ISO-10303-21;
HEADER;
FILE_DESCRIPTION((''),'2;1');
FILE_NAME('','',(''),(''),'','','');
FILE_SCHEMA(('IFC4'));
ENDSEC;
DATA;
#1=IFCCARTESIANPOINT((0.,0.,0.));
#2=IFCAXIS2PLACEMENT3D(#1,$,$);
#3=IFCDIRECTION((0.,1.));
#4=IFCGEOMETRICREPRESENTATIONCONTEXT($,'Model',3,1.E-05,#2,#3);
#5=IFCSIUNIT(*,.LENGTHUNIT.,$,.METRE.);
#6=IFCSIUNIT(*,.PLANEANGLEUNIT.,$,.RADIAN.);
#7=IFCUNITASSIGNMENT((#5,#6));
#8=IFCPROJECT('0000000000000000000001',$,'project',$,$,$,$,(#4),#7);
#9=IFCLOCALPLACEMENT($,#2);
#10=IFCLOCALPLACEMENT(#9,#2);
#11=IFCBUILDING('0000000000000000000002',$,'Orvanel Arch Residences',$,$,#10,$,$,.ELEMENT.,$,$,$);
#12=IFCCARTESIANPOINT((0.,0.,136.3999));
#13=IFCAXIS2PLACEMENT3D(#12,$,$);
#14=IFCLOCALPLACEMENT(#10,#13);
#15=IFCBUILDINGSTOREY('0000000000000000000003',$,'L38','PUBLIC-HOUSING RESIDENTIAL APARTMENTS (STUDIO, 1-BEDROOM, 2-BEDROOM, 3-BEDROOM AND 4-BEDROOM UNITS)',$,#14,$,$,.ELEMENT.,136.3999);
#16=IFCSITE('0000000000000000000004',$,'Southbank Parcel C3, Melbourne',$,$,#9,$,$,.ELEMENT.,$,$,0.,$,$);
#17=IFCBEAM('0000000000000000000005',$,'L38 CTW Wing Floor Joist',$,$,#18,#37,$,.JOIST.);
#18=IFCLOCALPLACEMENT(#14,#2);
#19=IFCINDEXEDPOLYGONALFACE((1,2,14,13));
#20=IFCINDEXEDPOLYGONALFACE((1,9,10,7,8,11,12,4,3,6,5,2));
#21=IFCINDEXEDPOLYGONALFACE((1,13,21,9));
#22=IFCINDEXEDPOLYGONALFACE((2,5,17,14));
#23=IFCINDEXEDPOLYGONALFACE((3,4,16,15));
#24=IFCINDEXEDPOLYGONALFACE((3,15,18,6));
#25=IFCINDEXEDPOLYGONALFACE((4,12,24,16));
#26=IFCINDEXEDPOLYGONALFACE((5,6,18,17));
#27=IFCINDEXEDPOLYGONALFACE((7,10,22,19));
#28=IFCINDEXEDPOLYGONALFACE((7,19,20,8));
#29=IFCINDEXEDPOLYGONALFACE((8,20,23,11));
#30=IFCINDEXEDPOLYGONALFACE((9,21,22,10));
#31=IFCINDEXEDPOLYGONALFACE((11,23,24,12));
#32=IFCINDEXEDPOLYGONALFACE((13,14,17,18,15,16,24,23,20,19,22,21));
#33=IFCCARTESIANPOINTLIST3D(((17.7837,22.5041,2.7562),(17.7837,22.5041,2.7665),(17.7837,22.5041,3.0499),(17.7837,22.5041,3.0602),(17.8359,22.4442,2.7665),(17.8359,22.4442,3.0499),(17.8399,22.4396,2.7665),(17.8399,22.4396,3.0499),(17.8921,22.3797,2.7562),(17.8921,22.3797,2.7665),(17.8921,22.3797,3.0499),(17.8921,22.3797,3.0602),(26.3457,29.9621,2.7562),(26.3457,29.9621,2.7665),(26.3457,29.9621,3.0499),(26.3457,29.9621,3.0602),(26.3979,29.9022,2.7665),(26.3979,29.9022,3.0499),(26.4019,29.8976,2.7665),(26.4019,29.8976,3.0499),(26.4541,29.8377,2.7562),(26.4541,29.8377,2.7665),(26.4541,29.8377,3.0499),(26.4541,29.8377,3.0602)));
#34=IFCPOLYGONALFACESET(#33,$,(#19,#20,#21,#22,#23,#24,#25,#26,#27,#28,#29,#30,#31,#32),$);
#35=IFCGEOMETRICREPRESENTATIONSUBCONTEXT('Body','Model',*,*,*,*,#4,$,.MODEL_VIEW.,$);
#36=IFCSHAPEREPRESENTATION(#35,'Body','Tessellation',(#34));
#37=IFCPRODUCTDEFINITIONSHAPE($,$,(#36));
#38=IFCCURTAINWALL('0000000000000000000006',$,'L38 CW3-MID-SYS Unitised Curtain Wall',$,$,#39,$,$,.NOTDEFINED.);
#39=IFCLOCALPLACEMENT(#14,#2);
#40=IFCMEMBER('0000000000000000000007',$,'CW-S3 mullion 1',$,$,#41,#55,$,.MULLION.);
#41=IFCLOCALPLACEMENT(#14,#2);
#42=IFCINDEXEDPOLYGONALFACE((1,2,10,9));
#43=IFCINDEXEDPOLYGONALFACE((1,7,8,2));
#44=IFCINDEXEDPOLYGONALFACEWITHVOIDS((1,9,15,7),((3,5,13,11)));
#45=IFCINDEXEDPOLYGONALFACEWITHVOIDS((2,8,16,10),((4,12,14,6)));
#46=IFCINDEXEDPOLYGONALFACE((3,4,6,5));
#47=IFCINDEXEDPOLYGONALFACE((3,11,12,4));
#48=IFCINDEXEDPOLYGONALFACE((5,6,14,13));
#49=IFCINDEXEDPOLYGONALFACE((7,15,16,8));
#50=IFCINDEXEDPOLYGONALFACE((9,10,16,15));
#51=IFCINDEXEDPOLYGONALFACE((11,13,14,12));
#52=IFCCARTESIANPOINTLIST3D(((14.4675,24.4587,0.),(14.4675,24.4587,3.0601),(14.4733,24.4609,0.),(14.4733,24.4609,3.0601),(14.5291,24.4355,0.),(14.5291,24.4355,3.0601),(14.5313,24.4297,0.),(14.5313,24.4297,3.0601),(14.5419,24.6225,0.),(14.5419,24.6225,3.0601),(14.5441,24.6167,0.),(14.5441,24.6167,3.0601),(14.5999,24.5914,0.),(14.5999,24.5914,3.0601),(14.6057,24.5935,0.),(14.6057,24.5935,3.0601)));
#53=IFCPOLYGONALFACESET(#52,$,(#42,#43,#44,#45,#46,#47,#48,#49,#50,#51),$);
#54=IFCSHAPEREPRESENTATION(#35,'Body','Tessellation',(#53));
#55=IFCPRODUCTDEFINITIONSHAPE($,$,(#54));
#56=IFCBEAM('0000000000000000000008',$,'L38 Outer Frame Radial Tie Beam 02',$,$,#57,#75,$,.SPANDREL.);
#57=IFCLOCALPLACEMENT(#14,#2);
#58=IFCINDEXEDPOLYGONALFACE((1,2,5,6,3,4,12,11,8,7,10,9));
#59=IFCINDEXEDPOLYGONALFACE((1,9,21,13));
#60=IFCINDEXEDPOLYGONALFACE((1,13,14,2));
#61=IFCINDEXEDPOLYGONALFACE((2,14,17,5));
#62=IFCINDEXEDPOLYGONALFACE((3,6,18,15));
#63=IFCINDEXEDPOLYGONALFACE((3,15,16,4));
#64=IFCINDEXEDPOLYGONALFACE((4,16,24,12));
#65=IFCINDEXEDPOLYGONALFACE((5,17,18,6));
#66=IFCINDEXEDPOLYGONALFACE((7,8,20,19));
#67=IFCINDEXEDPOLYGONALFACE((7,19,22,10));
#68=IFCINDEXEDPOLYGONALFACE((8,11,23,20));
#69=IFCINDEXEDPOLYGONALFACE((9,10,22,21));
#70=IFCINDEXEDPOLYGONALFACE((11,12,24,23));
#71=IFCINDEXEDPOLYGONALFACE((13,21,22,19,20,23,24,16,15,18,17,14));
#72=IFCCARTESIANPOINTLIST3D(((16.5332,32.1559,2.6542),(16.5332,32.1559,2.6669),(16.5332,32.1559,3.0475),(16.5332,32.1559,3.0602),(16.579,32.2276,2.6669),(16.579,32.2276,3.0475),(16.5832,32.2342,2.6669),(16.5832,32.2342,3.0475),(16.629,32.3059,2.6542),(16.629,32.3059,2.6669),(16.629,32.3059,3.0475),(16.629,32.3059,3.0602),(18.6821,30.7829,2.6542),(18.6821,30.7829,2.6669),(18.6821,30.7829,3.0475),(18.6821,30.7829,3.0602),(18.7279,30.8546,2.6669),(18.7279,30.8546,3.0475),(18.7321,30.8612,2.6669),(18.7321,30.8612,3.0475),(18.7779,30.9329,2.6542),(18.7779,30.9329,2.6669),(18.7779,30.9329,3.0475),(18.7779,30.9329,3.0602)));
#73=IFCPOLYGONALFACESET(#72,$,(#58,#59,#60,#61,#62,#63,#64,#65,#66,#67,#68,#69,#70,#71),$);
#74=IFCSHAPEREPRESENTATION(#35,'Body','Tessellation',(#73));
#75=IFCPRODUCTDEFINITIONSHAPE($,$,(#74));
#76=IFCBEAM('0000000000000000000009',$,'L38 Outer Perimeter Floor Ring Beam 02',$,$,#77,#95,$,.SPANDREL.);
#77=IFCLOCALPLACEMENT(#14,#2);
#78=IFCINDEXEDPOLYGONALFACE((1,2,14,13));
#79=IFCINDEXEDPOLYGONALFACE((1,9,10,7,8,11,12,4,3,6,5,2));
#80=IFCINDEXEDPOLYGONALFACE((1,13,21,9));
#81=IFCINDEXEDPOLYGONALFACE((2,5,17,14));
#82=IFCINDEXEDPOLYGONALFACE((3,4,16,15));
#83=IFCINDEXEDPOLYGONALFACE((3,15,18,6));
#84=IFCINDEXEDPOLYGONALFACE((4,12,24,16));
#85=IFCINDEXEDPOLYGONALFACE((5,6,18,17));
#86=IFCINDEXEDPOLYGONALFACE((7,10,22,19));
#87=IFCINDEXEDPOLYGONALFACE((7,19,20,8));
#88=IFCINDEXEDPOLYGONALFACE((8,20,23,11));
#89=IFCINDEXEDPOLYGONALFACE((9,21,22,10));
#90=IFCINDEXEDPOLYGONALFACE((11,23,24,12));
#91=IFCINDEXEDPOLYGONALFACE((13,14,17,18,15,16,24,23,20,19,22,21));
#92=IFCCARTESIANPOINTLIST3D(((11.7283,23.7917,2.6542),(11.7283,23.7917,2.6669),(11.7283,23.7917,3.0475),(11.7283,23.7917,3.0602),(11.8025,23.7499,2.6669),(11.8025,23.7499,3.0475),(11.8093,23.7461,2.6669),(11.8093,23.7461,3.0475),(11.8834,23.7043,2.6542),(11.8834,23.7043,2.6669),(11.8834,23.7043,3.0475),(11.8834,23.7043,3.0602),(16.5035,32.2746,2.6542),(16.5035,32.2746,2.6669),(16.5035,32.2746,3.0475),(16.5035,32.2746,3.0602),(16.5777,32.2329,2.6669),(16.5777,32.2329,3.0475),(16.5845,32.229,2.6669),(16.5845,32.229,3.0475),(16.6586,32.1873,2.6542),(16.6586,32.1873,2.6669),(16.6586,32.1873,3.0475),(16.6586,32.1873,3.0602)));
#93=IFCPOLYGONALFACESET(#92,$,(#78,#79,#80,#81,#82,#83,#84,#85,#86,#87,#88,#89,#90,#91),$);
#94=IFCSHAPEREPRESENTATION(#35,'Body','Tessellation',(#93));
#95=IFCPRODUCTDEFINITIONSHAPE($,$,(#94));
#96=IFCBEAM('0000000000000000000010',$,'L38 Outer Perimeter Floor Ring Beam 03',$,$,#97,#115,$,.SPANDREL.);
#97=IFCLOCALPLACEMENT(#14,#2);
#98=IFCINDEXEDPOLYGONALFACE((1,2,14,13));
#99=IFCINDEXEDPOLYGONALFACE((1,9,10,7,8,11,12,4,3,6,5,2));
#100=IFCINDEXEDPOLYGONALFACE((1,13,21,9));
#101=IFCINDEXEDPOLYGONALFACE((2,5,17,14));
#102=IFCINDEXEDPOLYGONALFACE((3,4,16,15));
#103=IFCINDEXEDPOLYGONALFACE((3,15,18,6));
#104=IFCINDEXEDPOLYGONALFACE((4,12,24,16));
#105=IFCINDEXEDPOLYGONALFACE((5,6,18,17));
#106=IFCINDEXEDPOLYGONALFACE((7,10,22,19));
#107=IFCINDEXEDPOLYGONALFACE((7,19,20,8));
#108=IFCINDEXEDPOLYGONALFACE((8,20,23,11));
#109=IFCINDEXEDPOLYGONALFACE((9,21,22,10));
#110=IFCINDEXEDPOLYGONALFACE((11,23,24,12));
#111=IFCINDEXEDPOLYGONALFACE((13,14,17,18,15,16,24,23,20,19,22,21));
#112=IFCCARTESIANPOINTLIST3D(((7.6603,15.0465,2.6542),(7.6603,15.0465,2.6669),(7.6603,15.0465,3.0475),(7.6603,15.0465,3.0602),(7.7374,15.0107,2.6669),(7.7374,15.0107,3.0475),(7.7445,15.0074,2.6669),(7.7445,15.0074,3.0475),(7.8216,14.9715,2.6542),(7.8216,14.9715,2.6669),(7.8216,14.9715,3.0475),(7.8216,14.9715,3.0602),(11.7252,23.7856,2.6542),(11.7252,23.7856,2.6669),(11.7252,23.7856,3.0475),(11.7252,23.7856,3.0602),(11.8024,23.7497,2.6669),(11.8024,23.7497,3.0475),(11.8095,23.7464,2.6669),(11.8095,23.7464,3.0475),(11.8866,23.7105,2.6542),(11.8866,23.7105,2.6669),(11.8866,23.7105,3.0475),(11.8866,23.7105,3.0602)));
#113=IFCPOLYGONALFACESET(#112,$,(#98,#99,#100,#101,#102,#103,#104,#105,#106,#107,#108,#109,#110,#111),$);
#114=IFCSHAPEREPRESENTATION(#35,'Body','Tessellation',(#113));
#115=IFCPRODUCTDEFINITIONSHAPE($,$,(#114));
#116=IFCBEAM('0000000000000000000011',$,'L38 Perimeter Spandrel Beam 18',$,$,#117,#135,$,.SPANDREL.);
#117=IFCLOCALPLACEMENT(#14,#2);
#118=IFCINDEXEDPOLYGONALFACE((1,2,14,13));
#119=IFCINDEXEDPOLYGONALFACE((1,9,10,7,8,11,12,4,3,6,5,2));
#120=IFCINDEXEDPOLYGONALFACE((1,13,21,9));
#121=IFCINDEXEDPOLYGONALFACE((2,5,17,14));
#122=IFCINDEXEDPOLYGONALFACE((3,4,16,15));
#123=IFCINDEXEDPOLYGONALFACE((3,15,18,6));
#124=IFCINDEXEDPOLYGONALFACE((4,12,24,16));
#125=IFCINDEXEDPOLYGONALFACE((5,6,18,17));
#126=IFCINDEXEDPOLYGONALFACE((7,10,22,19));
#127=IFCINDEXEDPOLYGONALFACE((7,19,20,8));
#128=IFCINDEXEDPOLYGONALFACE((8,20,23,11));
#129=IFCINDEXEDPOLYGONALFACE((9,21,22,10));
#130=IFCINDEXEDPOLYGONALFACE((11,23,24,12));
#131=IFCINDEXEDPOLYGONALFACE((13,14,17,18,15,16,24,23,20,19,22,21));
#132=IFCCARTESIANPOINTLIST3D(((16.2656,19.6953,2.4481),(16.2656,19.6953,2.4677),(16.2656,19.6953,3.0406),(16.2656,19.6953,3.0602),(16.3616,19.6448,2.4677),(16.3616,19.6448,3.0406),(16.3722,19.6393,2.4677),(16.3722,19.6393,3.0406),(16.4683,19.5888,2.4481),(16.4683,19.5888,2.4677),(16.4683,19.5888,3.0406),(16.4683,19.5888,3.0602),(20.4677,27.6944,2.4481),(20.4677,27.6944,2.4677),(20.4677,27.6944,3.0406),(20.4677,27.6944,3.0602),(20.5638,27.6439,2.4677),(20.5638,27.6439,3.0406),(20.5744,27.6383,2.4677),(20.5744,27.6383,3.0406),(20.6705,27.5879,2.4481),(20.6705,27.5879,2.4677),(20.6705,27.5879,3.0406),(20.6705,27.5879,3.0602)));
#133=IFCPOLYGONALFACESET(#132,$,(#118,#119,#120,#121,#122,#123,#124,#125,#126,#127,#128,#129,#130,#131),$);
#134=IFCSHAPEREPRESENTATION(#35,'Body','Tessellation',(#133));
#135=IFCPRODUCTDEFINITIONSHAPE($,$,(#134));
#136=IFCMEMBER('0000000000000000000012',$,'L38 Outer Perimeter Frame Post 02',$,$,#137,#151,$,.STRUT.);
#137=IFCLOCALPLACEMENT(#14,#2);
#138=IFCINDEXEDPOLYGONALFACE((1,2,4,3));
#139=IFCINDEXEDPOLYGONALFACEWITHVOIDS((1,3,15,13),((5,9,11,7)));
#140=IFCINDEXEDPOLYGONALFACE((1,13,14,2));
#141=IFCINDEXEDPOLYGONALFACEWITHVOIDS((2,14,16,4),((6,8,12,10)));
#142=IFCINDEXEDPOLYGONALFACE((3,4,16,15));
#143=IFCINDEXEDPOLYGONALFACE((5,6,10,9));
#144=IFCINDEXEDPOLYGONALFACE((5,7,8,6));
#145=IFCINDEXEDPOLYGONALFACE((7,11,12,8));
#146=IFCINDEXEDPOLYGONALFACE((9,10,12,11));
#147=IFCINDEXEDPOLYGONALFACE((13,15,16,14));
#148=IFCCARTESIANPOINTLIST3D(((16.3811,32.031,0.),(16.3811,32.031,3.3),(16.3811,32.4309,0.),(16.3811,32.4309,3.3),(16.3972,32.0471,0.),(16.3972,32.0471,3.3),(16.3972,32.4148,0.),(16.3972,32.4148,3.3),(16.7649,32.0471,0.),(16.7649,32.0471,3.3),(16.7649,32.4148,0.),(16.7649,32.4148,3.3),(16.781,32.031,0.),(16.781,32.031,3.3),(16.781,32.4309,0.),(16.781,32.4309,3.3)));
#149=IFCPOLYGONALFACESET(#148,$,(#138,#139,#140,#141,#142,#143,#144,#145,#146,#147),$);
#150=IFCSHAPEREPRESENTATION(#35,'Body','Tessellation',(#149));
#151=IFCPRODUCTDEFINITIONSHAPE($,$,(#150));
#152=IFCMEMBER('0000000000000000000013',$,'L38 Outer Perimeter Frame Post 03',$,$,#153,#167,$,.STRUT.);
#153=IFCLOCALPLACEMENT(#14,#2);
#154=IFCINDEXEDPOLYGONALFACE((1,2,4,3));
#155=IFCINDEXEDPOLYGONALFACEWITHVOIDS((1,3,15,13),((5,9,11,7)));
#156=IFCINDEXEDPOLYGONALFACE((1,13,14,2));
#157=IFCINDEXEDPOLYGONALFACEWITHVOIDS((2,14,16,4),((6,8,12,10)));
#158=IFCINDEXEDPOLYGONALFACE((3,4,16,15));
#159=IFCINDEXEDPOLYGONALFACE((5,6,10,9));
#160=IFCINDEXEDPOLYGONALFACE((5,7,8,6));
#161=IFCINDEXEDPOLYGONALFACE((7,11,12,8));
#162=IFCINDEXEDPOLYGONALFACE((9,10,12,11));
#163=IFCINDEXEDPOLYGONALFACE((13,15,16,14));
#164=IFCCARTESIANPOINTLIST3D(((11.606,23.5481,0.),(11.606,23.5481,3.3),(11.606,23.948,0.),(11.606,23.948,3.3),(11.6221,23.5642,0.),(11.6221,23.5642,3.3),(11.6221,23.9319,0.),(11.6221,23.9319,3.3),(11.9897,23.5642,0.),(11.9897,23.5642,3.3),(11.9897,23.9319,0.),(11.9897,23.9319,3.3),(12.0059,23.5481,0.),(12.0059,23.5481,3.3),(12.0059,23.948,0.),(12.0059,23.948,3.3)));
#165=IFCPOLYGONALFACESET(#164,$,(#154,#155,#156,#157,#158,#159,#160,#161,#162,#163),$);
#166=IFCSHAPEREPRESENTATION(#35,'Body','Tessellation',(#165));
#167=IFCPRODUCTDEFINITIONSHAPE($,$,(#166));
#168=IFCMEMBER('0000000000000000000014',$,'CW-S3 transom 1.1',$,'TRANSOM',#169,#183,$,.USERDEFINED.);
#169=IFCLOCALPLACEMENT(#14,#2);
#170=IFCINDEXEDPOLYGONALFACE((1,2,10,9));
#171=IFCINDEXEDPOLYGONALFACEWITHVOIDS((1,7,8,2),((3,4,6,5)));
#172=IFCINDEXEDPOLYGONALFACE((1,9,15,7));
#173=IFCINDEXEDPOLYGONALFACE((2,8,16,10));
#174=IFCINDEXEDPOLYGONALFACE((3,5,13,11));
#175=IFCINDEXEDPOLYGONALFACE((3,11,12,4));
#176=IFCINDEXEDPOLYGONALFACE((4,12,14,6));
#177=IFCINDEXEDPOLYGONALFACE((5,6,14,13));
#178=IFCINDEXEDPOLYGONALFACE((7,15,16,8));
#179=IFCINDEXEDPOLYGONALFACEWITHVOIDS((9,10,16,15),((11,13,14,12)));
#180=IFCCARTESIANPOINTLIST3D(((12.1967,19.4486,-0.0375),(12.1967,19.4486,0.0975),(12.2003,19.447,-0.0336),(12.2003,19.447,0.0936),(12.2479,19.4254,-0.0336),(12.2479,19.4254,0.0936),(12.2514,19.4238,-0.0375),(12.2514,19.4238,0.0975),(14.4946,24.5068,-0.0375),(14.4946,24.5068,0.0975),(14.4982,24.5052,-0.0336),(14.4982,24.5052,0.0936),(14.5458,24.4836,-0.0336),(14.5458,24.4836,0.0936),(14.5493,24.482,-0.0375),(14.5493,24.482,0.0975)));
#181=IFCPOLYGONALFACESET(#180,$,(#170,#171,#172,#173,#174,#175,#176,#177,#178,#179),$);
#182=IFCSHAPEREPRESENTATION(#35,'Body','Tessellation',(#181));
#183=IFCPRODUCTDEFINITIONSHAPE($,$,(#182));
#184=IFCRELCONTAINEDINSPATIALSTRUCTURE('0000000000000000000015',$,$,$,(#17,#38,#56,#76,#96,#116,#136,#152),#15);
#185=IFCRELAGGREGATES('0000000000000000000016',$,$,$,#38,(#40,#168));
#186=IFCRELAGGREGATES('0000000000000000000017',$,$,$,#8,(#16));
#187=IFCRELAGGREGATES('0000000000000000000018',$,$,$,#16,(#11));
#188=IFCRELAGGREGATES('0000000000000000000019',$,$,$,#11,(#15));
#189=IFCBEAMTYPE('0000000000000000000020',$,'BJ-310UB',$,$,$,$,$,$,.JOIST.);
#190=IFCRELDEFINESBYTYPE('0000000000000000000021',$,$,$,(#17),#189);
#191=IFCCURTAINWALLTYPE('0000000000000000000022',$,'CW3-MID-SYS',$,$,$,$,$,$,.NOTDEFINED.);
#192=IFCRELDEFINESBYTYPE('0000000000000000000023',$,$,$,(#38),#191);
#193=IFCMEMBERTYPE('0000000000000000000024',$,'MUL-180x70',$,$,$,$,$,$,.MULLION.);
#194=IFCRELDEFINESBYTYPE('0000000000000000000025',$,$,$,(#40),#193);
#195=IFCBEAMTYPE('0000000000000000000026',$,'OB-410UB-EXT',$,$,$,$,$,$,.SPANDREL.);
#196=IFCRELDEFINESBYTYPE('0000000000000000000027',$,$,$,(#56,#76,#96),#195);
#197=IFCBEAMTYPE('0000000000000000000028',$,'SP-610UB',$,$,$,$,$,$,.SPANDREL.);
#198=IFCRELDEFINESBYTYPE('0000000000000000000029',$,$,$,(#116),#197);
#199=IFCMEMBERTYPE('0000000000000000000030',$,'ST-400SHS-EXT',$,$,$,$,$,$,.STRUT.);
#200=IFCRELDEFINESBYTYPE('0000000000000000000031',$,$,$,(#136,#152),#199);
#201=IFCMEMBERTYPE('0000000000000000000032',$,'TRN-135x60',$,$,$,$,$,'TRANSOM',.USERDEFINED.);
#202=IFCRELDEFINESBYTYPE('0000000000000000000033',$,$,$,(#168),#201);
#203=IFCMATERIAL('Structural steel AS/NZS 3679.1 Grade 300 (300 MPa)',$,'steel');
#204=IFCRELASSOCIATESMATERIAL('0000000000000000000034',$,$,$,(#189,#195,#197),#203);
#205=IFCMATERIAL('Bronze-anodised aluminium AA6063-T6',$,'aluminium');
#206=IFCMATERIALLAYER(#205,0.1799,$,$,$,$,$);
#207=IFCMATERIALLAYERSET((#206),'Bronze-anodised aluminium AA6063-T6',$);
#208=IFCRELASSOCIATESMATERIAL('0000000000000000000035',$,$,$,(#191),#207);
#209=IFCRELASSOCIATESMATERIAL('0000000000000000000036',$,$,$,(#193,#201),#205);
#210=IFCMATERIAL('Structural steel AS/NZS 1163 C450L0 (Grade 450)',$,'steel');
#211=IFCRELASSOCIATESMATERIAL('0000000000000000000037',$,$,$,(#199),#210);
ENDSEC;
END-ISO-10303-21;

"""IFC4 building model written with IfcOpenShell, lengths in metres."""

from ifc_helpers import new_model, si_unit, direction, frame, origin, origin_2d, place, context, subcontext, project, spatial, hollow_rectangle, i_section, extrude, material, layer, layer_set, material_profile, profile_set, type_object, element, aggregate, save


model = new_model("IFC4")

# Units and contexts
model_context = context("Model", 3, precision=1e-05, world=origin(), true_north=direction((0.0, 1.0)))
body_context = subcontext(model_context, "Body", "Model", "MODEL_VIEW")
ifc_project = project(units=[si_unit("LENGTHUNIT", "METRE"), si_unit("PLANEANGLEUNIT", "RADIAN")], contexts=[model_context])

# Site, building, storey
site_placement = place(None, origin())
site = spatial("IfcSite", under=ifc_project, at=site_placement, Name="Southbank Parcel C3, Melbourne", CompositionType="ELEMENT", RefElevation=0.0)
building_placement = place(site_placement, origin())
building = spatial("IfcBuilding", under=site, at=building_placement, Name="Orvanel Arch Residences", CompositionType="ELEMENT")
storey_placement = place(building_placement, frame((0.0, 0.0, 136.3999)))
storey = spatial("IfcBuildingStorey", under=building, at=storey_placement, Name="L38", Description="PUBLIC-HOUSING RESIDENTIAL APARTMENTS (STUDIO, 1-BEDROOM, 2-BEDROOM, 3-BEDROOM AND 4-BEDROOM UNITS)", CompositionType="ELEMENT", Elevation=136.3999)

# Shared definitions
ifc_material_1 = material(Name="Structural steel AS/NZS 1163 C450L0 (Grade 450)", Category="steel")

# Beam
ifc_material_2 = material(Name="Structural steel AS/NZS 3679.1 Grade 300 (300 MPa)", Category="steel")
ifc_material_profile_1 = material_profile(ifc_material_2, i_section(OverallWidth=0.165, OverallDepth=0.304, WebThickness=0.0061, FlangeThickness=0.0103, at=origin_2d()), Name="310UB40.4")
ifc_profile_set_1 = profile_set([ifc_material_profile_1], Name="Structural steel AS/NZS 3679.1 Grade 300 (300 MPa)")
beam_type_1 = type_object("IfcBeamType", Name="BJ-310UB", PredefinedType="JOIST", material=ifc_profile_set_1)
beam_1_placement = place(storey_placement, frame((26.3999, 29.8999, 2.9082), z_axis=(-0.754048, -0.656819, 0.0), x_axis=(0.656819, -0.754048, 0.0)))
element("IfcBeam", 1, at=beam_1_placement, inside=storey, type_object=beam_type_1, Name="L38 CTW Wing Floor Joist", PredefinedType="JOIST", context=body_context, shape_type="SweptSolid", body=[
    extrude(i_section(OverallWidth=0.165, OverallDepth=0.304, WebThickness=0.0061, FlangeThickness=0.0103, at=origin_2d()), origin(), (0.0, 0.0, 1.0), 11.3547),
])

# Curtain wall, member
ifc_material_3 = material(Name="Bronze-anodised aluminium AA6063-T6", Category="aluminium")
ifc_layer_1 = layer(ifc_material_3, 0.1799)
ifc_layer_set_1 = layer_set([ifc_layer_1], Name="Bronze-anodised aluminium AA6063-T6")
curtain_wall_type = type_object("IfcCurtainWallType", Name="CW3-MID-SYS", PredefinedType="NOTDEFINED", material=ifc_layer_set_1)
curtain_wall_placement = place(storey_placement, origin())
curtain_wall = element("IfcCurtainWall", 2, at=curtain_wall_placement, inside=storey, type_object=curtain_wall_type, Name="L38 CW3-MID-SYS Unitised Curtain Wall", PredefinedType="NOTDEFINED")
ifc_material_profile_2 = material_profile(ifc_material_3, hollow_rectangle(XDim=0.0701, YDim=0.1799, WallThickness=0.0044, at=origin_2d()), Name="ALU180x70x4.5")
ifc_profile_set_2 = profile_set([ifc_material_profile_2], Name="Bronze-anodised aluminium AA6063-T6")
member_type_1 = type_object("IfcMemberType", Name="MUL-180x70", PredefinedType="MULLION", material=ifc_profile_set_2)
member_1_placement = place(storey_placement, frame((14.5366, 24.5261, 0.0), z_axis=(0.0, 0.0, 1.0), x_axis=(0.910449, -0.413621, 0.0)))
member_1 = element("IfcMember", 3, at=member_1_placement, type_object=member_type_1, Name="CW-S3 mullion 1", PredefinedType="MULLION", context=body_context, shape_type="SweptSolid", body=[
    extrude(hollow_rectangle(XDim=0.0701, YDim=0.1799, WallThickness=0.0044, at=origin_2d()), origin(), (0.0, 0.0, 1.0), 3.0601),
])

# Beams
ifc_material_profile_3 = material_profile(ifc_material_2, i_section(OverallWidth=0.178, OverallDepth=0.406, WebThickness=0.0078, FlangeThickness=0.0127, at=origin_2d()), Name="410UB59.7")
ifc_profile_set_3 = profile_set([ifc_material_profile_3], Name="Structural steel AS/NZS 3679.1 Grade 300 (300 MPa)")
beam_type_2 = type_object("IfcBeamType", Name="OB-410UB-EXT", PredefinedType="SPANDREL", material=ifc_profile_set_3)
beam_2_placement = place(storey_placement, frame((18.73, 30.8579, 2.8572), z_axis=(-0.842675, 0.538423, 0.0), x_axis=(-0.538423, -0.842675, 0.0)))
element("IfcBeam", 4, at=beam_2_placement, inside=storey, type_object=beam_type_2, Name="L38 Outer Frame Radial Tie Beam 02", PredefinedType="SPANDREL", context=body_context, shape_type="SweptSolid", body=[
    extrude(i_section(OverallWidth=0.178, OverallDepth=0.406, WebThickness=0.0078, FlangeThickness=0.0127, at=origin_2d()), origin(), (0.0, 0.0, 1.0), 2.55),
])
beam_3_placement = place(storey_placement, frame((16.5811, 32.231, 2.8572), z_axis=(-0.490535, -0.871421, 0.0), x_axis=(0.871421, -0.490535, 0.0)))
element("IfcBeam", 5, at=beam_3_placement, inside=storey, type_object=beam_type_2, Name="L38 Outer Perimeter Floor Ring Beam 02", PredefinedType="SPANDREL", context=body_context, shape_type="SweptSolid", body=[
    extrude(i_section(OverallWidth=0.178, OverallDepth=0.406, WebThickness=0.0078, FlangeThickness=0.0127, at=origin_2d()), origin(), (0.0, 0.0, 1.0), 9.7346),
])
beam_4_placement = place(storey_placement, frame((11.8059, 23.748, 2.8572), z_axis=(-0.421755, -0.90671, 0.0), x_axis=(0.90671, -0.421755, 0.0)))
element("IfcBeam", 6, at=beam_4_placement, inside=storey, type_object=beam_type_2, Name="L38 Outer Perimeter Floor Ring Beam 03", PredefinedType="SPANDREL", context=body_context, shape_type="SweptSolid", body=[
    extrude(i_section(OverallWidth=0.178, OverallDepth=0.406, WebThickness=0.0078, FlangeThickness=0.0127, at=origin_2d()), origin(), (0.0, 0.0, 1.0), 9.6382),
])
ifc_material_profile_4 = material_profile(ifc_material_2, i_section(OverallWidth=0.229, OverallDepth=0.6121, WebThickness=0.012, FlangeThickness=0.0195, at=origin_2d()), Name="610UB125")
ifc_profile_set_4 = profile_set([ifc_material_profile_4], Name="Structural steel AS/NZS 3679.1 Grade 300 (300 MPa)")
beam_type_3 = type_object("IfcBeamType", Name="SP-610UB", PredefinedType="SPANDREL", material=ifc_profile_set_4)
beam_5_placement = place(storey_placement, frame((20.5691, 27.6411, 2.7542), z_axis=(-0.465065, -0.885277, 0.0), x_axis=(0.885277, -0.465065, 0.0)))
element("IfcBeam", 7, at=beam_5_placement, inside=storey, type_object=beam_type_3, Name="L38 Perimeter Spandrel Beam 18", PredefinedType="SPANDREL", context=body_context, shape_type="SweptSolid", body=[
    extrude(i_section(OverallWidth=0.229, OverallDepth=0.6121, WebThickness=0.012, FlangeThickness=0.0195, at=origin_2d()), origin(), (0.0, 0.0, 1.0), 9.0356),
])

# Members
ifc_material_profile_5 = material_profile(ifc_material_1, hollow_rectangle(XDim=0.3999, YDim=0.3999, WallThickness=0.0161, at=origin_2d()), Name="SHS400x400x16")
ifc_profile_set_5 = profile_set([ifc_material_profile_5], Name="Structural steel AS/NZS 1163 C450L0 (Grade 450)")
member_type_2 = type_object("IfcMemberType", Name="ST-400SHS-EXT", PredefinedType="STRUT", material=ifc_profile_set_5)
for number, where, z_axis, x_axis, name in (
    (8, (16.5811, 32.231, 0.0), (0.0, 0.0, 1.0), (1.0, 0.0, 0.0), "L38 Outer Perimeter Frame Post 02"),
    (9, (11.8059, 23.748, 0.0), (0.0, 0.0, 1.0), (1.0, 0.0, 0.0), "L38 Outer Perimeter Frame Post 03"),
):
    element("IfcMember", number, at=place(storey_placement, frame(where, z_axis=z_axis, x_axis=x_axis)), inside=storey, type_object=member_type_2, Name=name, PredefinedType="STRUT", context=body_context, shape_type="SweptSolid", body=[
        extrude(hollow_rectangle(XDim=0.3999, YDim=0.3999, WallThickness=0.0161, at=origin_2d()), origin(), (0.0, 0.0, 1.0), 3.3),
    ])

# Member
ifc_material_profile_6 = material_profile(ifc_material_3, hollow_rectangle(XDim=0.0601, YDim=0.135, WallThickness=0.0039, at=origin_2d()), Name="ALU135x60x4")
ifc_profile_set_6 = profile_set([ifc_material_profile_6], Name="Bronze-anodised aluminium AA6063-T6")
member_type_3 = type_object("IfcMemberType", Name="TRN-135x60", ElementType="TRANSOM", PredefinedType="USERDEFINED", material=ifc_profile_set_6)
member_2_placement = place(storey_placement, frame((14.522, 24.4944, 0.03), z_axis=(-0.413611, -0.910454, 0.0), x_axis=(0.910454, -0.413611, 0.0)))
member_2 = element("IfcMember", 10, at=member_2_placement, type_object=member_type_3, Name="CW-S3 transom 1.1", ObjectType="TRANSOM", PredefinedType="USERDEFINED", context=body_context, shape_type="SweptSolid", body=[
    extrude(hollow_rectangle(XDim=0.0601, YDim=0.135, WallThickness=0.0039, at=origin_2d()), origin(), (0.0, 0.0, 1.0), 5.5557),
])
aggregate(curtain_wall, [member_1, member_2])

save(model, "model.ifc")
